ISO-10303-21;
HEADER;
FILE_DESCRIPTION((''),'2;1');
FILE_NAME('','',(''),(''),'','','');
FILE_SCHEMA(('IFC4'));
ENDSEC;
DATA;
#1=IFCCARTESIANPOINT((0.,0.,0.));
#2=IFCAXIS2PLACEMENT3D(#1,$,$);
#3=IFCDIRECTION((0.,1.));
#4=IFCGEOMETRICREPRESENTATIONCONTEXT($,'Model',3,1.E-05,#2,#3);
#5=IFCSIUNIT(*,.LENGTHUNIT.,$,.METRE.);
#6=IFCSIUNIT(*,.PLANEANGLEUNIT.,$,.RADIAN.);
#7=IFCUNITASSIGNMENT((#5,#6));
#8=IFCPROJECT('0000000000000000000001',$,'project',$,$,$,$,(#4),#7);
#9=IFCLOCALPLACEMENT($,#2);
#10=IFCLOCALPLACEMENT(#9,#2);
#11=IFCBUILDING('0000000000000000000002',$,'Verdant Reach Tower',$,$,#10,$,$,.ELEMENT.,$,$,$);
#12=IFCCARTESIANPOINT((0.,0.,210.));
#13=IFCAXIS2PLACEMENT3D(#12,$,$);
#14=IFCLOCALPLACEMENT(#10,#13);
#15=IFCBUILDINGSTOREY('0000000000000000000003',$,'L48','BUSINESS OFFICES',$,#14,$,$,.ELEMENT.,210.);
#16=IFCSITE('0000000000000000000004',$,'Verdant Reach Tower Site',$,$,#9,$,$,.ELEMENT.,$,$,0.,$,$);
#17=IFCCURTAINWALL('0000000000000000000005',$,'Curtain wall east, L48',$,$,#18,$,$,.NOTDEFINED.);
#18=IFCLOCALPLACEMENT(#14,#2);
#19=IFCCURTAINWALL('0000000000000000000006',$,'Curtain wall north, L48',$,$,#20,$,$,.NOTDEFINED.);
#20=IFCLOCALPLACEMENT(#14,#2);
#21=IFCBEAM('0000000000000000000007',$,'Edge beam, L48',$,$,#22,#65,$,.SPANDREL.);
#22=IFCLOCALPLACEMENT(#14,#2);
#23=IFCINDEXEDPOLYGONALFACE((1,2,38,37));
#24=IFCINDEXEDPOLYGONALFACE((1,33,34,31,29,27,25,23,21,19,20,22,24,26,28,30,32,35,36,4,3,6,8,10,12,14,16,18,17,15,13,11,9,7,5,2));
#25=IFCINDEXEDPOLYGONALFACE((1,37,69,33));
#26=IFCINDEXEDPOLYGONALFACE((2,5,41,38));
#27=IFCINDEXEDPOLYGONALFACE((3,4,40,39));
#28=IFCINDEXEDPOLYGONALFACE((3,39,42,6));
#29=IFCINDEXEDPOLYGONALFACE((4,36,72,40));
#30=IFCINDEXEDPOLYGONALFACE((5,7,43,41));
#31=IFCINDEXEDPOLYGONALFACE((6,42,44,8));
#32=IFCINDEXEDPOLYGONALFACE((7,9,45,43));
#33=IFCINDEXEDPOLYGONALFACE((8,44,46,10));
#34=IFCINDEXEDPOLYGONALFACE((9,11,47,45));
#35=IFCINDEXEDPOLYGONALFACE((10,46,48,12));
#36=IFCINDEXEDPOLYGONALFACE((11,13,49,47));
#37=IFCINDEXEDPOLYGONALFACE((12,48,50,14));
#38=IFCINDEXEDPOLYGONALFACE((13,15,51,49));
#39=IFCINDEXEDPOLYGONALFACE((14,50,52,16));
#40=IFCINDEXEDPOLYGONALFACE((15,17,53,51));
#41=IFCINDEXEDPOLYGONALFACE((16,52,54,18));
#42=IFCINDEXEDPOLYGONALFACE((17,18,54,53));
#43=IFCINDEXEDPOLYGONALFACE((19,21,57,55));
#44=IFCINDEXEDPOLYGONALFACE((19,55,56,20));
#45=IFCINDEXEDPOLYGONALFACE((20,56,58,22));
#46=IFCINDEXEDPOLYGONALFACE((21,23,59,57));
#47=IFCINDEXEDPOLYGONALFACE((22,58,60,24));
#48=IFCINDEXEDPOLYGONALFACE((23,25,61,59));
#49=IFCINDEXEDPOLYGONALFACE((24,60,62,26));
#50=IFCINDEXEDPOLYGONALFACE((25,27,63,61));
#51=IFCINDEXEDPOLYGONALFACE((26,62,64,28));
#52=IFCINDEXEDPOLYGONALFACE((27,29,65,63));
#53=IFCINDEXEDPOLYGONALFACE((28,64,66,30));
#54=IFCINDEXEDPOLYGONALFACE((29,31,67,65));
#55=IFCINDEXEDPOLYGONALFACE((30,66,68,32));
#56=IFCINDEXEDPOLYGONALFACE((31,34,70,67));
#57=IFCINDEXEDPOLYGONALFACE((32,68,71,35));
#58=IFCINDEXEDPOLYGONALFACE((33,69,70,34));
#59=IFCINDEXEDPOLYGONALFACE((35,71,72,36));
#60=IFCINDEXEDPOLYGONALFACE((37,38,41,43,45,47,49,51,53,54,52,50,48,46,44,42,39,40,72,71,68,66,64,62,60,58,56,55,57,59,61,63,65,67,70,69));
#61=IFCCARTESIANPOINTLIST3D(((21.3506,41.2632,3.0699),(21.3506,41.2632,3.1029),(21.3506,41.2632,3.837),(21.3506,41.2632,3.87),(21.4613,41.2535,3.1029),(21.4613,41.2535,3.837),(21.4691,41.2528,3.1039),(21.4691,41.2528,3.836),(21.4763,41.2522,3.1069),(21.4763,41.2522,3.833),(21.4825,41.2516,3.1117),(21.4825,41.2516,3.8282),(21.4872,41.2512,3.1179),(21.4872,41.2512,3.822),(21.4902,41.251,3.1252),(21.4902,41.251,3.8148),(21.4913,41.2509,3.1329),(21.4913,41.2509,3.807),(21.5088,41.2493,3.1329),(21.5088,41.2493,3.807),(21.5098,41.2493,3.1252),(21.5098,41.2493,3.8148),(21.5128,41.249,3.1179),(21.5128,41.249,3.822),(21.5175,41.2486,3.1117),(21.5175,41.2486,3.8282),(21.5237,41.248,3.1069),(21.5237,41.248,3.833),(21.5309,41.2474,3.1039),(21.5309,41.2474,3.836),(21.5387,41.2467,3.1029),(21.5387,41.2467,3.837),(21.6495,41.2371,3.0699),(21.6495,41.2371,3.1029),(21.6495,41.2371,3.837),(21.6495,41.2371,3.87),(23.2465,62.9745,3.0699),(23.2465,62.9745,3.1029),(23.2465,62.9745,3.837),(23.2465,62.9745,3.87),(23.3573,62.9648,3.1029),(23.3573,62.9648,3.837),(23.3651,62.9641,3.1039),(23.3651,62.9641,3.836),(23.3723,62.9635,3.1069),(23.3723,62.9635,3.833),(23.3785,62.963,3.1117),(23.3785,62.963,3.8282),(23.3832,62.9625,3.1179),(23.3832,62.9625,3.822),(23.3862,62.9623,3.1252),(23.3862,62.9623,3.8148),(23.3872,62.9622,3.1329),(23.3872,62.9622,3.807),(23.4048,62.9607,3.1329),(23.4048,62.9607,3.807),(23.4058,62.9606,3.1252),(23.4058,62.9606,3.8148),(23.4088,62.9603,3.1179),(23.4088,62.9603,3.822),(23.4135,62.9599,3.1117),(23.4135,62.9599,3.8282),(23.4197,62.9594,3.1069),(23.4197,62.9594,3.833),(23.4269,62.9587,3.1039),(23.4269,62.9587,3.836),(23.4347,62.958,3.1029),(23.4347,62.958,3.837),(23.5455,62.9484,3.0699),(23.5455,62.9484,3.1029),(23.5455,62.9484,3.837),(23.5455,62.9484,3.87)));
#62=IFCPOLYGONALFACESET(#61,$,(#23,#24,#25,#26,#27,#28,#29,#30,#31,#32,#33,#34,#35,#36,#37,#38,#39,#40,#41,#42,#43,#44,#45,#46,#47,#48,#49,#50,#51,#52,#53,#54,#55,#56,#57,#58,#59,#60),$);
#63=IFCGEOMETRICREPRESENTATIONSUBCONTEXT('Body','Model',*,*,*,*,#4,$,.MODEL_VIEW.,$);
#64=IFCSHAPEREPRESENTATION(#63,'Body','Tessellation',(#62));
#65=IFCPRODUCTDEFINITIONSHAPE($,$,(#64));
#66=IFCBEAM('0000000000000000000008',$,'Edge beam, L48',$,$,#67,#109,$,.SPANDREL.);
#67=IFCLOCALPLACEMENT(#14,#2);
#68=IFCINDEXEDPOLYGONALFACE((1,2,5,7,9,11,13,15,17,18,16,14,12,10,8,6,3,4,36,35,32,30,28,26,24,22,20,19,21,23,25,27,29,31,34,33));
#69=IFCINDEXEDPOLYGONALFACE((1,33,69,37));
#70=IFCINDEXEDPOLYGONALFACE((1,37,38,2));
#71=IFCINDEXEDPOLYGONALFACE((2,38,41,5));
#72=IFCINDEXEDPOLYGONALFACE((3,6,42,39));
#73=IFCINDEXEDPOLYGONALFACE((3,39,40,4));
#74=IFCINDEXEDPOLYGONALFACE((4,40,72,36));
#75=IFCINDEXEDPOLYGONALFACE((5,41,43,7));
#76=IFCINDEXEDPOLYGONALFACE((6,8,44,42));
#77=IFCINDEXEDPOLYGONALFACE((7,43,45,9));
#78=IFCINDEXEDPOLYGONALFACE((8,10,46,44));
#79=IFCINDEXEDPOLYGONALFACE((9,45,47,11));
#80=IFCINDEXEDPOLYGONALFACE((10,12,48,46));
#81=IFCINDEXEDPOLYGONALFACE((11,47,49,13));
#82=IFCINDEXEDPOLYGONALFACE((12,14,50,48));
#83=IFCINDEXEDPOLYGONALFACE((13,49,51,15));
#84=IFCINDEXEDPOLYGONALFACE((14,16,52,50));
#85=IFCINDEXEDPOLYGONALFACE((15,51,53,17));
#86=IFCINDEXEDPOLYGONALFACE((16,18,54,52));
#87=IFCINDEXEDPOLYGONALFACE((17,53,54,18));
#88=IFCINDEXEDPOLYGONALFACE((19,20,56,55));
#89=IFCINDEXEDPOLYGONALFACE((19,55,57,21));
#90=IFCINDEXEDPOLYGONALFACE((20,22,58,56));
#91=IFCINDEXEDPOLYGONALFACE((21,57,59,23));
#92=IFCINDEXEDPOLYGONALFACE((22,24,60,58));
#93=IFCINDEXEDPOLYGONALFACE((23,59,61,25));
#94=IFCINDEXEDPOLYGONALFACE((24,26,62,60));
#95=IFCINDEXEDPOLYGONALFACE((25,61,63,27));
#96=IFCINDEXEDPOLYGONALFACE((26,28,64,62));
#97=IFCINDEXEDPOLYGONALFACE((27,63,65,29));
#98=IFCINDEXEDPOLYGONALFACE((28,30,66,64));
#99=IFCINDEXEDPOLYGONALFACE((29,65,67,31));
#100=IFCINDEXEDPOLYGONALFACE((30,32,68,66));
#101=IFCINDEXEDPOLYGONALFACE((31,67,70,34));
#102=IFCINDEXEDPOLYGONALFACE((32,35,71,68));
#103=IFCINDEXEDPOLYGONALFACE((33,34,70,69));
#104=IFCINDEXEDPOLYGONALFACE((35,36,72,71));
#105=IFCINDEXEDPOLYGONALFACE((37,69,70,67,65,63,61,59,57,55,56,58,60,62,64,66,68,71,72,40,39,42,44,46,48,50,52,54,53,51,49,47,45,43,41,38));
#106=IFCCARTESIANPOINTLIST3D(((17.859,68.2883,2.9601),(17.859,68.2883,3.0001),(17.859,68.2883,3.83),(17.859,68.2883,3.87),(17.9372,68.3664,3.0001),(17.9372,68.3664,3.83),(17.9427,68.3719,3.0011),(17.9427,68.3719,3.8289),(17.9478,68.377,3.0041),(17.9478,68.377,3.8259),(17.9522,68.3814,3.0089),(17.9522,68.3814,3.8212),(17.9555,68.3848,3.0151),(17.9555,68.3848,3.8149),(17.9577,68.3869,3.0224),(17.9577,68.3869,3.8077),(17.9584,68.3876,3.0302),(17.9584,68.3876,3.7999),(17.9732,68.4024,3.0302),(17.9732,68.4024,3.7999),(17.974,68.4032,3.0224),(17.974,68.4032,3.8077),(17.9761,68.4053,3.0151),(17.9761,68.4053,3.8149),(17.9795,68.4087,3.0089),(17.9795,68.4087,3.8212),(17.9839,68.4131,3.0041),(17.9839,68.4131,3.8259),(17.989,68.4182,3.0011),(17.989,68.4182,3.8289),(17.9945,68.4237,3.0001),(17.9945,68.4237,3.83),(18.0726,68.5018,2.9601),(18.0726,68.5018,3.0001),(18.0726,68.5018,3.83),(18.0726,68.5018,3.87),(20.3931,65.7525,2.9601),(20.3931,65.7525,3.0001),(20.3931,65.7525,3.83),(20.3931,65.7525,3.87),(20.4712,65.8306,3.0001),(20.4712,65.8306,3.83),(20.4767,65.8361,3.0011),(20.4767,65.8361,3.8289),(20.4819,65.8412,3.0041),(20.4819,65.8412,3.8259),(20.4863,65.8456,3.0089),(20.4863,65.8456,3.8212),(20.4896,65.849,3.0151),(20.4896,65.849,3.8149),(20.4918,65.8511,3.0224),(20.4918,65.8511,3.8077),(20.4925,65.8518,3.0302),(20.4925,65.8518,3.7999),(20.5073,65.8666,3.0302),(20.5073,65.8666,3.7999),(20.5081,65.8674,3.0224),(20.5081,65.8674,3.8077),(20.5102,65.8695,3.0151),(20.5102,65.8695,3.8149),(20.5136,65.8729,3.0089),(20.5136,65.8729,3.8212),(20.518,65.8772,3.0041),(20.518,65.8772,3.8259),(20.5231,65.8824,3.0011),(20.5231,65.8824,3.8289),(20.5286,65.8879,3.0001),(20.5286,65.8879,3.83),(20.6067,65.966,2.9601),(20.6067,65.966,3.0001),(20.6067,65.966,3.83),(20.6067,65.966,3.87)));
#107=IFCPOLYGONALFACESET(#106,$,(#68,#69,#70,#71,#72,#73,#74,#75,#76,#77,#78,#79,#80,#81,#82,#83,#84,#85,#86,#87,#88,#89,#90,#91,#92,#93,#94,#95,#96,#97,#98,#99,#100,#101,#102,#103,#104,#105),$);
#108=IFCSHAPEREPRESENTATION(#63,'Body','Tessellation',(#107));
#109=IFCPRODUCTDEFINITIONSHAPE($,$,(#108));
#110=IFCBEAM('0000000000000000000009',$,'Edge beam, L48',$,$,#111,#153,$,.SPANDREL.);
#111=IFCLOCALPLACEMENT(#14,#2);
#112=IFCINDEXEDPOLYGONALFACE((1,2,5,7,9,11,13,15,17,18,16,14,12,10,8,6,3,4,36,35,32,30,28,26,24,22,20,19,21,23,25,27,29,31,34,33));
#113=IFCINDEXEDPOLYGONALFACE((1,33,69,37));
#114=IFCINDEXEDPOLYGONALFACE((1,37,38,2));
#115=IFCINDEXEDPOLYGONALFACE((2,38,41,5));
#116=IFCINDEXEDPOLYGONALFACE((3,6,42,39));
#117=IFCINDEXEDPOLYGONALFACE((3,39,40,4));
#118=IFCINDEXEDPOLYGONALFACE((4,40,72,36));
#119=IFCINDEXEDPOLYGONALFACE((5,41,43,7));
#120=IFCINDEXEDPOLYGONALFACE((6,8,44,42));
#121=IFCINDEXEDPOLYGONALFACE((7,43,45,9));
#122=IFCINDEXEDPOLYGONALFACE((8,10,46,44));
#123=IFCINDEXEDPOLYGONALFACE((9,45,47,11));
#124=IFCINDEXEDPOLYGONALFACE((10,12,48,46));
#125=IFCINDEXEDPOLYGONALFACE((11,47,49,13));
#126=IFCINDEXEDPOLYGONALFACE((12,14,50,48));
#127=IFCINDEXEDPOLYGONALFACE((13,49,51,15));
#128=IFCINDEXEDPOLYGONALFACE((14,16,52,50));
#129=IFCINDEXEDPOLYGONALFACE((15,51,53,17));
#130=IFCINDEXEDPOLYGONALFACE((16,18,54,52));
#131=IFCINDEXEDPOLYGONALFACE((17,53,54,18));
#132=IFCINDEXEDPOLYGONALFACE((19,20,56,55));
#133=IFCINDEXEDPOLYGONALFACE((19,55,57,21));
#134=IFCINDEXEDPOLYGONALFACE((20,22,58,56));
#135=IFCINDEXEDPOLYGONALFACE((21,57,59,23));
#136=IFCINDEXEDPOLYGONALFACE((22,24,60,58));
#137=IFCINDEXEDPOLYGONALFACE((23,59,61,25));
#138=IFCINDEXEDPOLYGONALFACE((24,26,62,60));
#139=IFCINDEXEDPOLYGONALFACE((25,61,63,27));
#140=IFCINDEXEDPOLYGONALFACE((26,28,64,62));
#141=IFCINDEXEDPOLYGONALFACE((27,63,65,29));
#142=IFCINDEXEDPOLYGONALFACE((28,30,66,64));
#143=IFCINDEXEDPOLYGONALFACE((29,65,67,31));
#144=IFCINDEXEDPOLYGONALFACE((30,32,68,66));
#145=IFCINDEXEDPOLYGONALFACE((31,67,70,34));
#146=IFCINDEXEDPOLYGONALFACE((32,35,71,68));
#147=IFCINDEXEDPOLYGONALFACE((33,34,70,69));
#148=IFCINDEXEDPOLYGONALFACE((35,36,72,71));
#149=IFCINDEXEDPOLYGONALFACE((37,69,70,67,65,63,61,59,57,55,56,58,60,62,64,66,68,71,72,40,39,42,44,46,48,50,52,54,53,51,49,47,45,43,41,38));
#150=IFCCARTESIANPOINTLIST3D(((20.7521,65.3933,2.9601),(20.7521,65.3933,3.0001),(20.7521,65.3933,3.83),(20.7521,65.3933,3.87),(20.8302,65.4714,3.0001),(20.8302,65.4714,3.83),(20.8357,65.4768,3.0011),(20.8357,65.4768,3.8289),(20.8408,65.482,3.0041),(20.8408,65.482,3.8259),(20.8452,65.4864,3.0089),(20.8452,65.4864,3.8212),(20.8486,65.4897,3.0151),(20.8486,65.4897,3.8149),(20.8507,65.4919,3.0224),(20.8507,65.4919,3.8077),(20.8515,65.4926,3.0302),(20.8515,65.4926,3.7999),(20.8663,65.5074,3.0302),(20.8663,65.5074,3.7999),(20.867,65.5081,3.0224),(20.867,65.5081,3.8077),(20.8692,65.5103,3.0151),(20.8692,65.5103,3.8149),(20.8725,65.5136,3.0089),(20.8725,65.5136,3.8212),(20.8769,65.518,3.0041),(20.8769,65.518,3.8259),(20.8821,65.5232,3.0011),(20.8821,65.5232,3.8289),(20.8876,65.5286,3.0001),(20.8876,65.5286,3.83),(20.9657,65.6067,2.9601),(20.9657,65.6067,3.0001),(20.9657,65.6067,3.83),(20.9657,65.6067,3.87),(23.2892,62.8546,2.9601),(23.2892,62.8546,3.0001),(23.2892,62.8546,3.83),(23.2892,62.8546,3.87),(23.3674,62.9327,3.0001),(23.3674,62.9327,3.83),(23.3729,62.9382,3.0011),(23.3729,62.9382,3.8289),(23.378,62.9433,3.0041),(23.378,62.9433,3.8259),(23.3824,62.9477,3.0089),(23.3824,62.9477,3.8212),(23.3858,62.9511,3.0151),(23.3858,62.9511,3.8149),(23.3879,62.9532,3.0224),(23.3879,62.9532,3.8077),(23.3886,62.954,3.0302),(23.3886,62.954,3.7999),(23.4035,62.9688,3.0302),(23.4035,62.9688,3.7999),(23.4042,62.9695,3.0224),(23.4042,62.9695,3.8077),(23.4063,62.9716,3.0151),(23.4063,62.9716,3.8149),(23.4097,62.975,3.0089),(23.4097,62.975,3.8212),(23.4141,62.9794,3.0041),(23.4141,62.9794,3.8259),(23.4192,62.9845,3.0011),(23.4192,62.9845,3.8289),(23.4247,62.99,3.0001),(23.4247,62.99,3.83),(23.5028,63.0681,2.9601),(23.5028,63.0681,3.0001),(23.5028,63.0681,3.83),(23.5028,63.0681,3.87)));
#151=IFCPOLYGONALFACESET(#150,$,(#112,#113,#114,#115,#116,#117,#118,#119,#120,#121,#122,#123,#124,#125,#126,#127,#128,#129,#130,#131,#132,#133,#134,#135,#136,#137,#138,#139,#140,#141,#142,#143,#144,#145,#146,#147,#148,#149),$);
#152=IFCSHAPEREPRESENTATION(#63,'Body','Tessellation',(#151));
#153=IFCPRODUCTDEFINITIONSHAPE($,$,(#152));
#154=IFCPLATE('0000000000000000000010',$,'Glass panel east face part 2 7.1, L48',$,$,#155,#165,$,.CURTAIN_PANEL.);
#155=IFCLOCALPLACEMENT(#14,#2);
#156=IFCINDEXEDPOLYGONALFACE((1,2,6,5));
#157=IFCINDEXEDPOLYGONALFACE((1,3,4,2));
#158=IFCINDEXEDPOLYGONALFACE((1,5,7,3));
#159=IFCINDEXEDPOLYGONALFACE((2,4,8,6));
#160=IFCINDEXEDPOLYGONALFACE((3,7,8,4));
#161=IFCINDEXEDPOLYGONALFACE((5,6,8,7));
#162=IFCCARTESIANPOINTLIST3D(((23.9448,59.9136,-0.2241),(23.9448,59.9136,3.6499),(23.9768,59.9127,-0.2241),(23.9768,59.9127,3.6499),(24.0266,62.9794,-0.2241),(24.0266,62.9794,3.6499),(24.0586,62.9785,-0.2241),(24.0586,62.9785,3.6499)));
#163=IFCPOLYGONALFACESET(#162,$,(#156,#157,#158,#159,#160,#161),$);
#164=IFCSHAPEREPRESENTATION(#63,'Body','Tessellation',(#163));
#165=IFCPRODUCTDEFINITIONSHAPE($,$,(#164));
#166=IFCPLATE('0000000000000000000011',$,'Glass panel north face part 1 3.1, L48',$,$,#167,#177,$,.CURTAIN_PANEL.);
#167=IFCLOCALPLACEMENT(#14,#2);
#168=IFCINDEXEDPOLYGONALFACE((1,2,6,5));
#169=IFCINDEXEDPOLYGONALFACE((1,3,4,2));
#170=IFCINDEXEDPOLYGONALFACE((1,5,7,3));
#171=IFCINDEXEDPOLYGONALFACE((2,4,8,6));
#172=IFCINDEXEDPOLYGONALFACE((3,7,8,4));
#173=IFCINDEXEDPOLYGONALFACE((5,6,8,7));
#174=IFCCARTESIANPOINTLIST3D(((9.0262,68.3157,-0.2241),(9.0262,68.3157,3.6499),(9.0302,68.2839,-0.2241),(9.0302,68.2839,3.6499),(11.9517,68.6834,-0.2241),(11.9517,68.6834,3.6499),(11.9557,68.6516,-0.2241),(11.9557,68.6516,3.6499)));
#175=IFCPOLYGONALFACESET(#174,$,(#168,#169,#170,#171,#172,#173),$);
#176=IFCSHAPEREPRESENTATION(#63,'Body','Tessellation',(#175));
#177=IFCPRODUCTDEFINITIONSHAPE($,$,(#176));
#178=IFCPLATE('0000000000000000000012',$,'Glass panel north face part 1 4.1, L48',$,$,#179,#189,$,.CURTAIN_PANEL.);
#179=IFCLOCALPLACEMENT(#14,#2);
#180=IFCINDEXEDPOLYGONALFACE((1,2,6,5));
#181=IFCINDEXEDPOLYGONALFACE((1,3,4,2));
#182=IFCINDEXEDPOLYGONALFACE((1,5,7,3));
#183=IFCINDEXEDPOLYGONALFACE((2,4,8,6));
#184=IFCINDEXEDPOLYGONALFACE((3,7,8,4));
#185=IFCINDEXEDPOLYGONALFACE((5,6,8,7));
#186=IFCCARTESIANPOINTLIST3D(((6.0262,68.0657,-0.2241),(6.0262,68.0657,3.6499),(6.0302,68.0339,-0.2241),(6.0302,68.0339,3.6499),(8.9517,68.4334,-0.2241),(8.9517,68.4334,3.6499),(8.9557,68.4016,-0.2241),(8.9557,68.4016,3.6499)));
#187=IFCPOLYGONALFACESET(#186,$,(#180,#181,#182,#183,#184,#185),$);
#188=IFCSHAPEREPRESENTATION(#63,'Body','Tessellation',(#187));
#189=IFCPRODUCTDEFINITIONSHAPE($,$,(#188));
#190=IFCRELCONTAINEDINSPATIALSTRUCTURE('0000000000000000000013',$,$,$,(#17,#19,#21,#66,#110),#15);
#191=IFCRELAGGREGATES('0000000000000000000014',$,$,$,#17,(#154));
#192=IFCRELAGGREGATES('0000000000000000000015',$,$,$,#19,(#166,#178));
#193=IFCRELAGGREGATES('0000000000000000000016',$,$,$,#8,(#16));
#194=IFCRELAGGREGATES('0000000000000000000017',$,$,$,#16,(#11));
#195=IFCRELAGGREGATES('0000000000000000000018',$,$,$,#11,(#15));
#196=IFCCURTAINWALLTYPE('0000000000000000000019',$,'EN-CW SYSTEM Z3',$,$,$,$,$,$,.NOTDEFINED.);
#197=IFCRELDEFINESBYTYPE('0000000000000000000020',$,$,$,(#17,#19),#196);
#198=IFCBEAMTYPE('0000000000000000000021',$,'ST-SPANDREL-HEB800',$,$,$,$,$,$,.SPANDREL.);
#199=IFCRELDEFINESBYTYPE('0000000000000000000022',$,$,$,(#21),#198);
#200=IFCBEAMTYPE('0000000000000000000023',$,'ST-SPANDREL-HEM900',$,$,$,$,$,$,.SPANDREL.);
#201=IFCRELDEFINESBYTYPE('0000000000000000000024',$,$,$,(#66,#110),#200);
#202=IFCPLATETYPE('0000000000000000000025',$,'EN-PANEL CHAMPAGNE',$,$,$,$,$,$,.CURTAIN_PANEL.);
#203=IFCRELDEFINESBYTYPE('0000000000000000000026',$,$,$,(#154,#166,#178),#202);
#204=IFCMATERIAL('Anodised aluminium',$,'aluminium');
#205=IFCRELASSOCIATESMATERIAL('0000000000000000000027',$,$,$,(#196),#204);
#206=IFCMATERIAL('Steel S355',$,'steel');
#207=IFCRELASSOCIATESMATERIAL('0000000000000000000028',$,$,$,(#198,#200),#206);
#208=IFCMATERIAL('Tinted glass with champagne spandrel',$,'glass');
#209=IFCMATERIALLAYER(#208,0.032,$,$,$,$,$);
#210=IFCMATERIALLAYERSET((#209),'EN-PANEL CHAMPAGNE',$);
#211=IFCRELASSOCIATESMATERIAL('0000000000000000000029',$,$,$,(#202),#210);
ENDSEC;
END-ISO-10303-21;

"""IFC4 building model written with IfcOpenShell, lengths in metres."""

from ifc_helpers import new_model, si_unit, direction, frame, origin, origin_2d, place, context, subcontext, project, spatial, rectangle, i_section, extrude, material, layer, layer_set, material_profile, profile_set, type_object, element, aggregate, save


model = new_model("IFC4")

# Units and contexts
model_context = context("Model", 3, precision=1e-05, world=origin(), true_north=direction((0.0, 1.0)))
body_context = subcontext(model_context, "Body", "Model", "MODEL_VIEW")
ifc_project = project(units=[si_unit("LENGTHUNIT", "METRE"), si_unit("PLANEANGLEUNIT", "RADIAN")], contexts=[model_context])

# Site, building, storey
site_placement = place(None, origin())
site = spatial("IfcSite", under=ifc_project, at=site_placement, Name="Verdant Reach Tower Site", CompositionType="ELEMENT", RefElevation=0.0)
building_placement = place(site_placement, origin())
building = spatial("IfcBuilding", under=site, at=building_placement, Name="Verdant Reach Tower", CompositionType="ELEMENT")
storey_placement = place(building_placement, frame((0.0, 0.0, 210.0)))
storey = spatial("IfcBuildingStorey", under=building, at=storey_placement, Name="L48", Description="BUSINESS OFFICES", CompositionType="ELEMENT", Elevation=210.0)

# Curtain walls
ifc_material_1 = material(Name="Anodised aluminium", Category="aluminium")
curtain_wall_type = type_object("IfcCurtainWallType", Name="EN-CW SYSTEM Z3", PredefinedType="NOTDEFINED", material=ifc_material_1)
curtain_wall_1_placement = place(storey_placement, origin())
curtain_wall_1 = element("IfcCurtainWall", 1, at=curtain_wall_1_placement, inside=storey, type_object=curtain_wall_type, Name="Curtain wall east, L48", PredefinedType="NOTDEFINED")
curtain_wall_2_placement = place(storey_placement, origin())
curtain_wall_2 = element("IfcCurtainWall", 2, at=curtain_wall_2_placement, inside=storey, type_object=curtain_wall_type, Name="Curtain wall north, L48", PredefinedType="NOTDEFINED")

# Beams
ifc_material_2 = material(Name="Steel S355", Category="steel")
ifc_material_profile_1 = material_profile(ifc_material_2, i_section(OverallWidth=0.3, OverallDepth=0.8, WebThickness=0.0176, FlangeThickness=0.033, FilletRadius=0.03, at=origin_2d()), Name="HEB 800")
ifc_profile_set_1 = profile_set([ifc_material_profile_1], Name="Steel S355")
beam_type_1 = type_object("IfcBeamType", Name="ST-SPANDREL-HEB800", PredefinedType="SPANDREL", material=ifc_profile_set_1)
beam_1_placement = place(storey_placement, frame((23.396, 62.9614, 3.47), z_axis=(-0.086996, -0.996209, 0.0), x_axis=(0.996209, -0.086996, 0.0)))
element("IfcBeam", 3, at=beam_1_placement, inside=storey, type_object=beam_type_1, Name="Edge beam, L48", PredefinedType="SPANDREL", context=body_context, shape_type="SweptSolid", body=[
    extrude(i_section(OverallWidth=0.3, OverallDepth=0.8, WebThickness=0.0176, FlangeThickness=0.033, FilletRadius=0.03, at=origin_2d()), origin(), (0.0, 0.0, 1.0), 21.7939),
])
ifc_material_profile_2 = material_profile(ifc_material_2, i_section(OverallWidth=0.302, OverallDepth=0.9099, WebThickness=0.021, FlangeThickness=0.04, FilletRadius=0.03, at=origin_2d()), Name="HEM 900")
ifc_profile_set_2 = profile_set([ifc_material_profile_2], Name="Steel S355")
beam_type_2 = type_object("IfcBeamType", Name="ST-SPANDREL-HEM900", PredefinedType="SPANDREL", material=ifc_profile_set_2)
beam_2_placement = place(storey_placement, frame((17.9658, 68.395, 3.415), z_axis=(0.706868, -0.707345, 0.0), x_axis=(0.707345, 0.706868, 0.0)))
element("IfcBeam", 4, at=beam_2_placement, inside=storey, type_object=beam_type_2, Name="Edge beam, L48", PredefinedType="SPANDREL", context=body_context, shape_type="SweptSolid", body=[
    extrude(i_section(OverallWidth=0.302, OverallDepth=0.9099, WebThickness=0.021, FlangeThickness=0.04, FilletRadius=0.03, at=origin_2d()), origin(), (0.0, 0.0, 1.0), 3.585),
])
beam_3_placement = place(storey_placement, frame((20.8589, 65.5, 3.415), z_axis=(0.706903, -0.707311, 0.0), x_axis=(0.707311, 0.706903, 0.0)))
element("IfcBeam", 5, at=beam_3_placement, inside=storey, type_object=beam_type_2, Name="Edge beam, L48", PredefinedType="SPANDREL", context=body_context, shape_type="SweptSolid", body=[
    extrude(i_section(OverallWidth=0.302, OverallDepth=0.9099, WebThickness=0.021, FlangeThickness=0.04, FilletRadius=0.03, at=origin_2d()), origin(), (0.0, 0.0, 1.0), 3.5891),
])

# Plates
ifc_material_3 = material(Name="Tinted glass with champagne spandrel", Category="glass")
ifc_layer_1 = layer(ifc_material_3, 0.032)
ifc_layer_set_1 = layer_set([ifc_layer_1], Name="EN-PANEL CHAMPAGNE")
plate_type_1 = type_object("IfcPlateType", Name="EN-PANEL CHAMPAGNE", PredefinedType="CURTAIN_PANEL", material=ifc_layer_set_1)
plate_1_placement = place(storey_placement, frame((24.0017, 61.446, -0.2241), z_axis=(0.0, 0.0, 1.0), x_axis=(0.02666, 0.999645, 0.0)))
plate_1 = element("IfcPlate", 6, at=plate_1_placement, type_object=plate_type_1, Name="Glass panel east face part 2 7.1, L48", PredefinedType="CURTAIN_PANEL", context=body_context, shape_type="SweptSolid", body=[
    extrude(rectangle(XDim=3.0669, YDim=0.032, at=origin_2d()), origin(), (0.0, 0.0, 1.0), 3.874),
])
plate_2_placement = place(storey_placement, frame((10.491, 68.4836, -0.2241), z_axis=(0.0, 0.0, 1.0), x_axis=(-0.992194, -0.124704, 0.0)))
plate_2 = element("IfcPlate", 7, at=plate_2_placement, type_object=plate_type_1, Name="Glass panel north face part 1 3.1, L48", PredefinedType="CURTAIN_PANEL", context=body_context, shape_type="SweptSolid", body=[
    extrude(rectangle(XDim=2.9485, YDim=0.032, at=origin_2d()), origin(), (0.0, 0.0, 1.0), 3.874),
])
plate_3_placement = place(storey_placement, frame((7.491, 68.2336, -0.2241), z_axis=(0.0, 0.0, 1.0), x_axis=(-0.992194, -0.124704, 0.0)))
plate_3 = element("IfcPlate", 8, at=plate_3_placement, type_object=plate_type_1, Name="Glass panel north face part 1 4.1, L48", PredefinedType="CURTAIN_PANEL", context=body_context, shape_type="SweptSolid", body=[
    extrude(rectangle(XDim=2.9485, YDim=0.032, at=origin_2d()), origin(), (0.0, 0.0, 1.0), 3.874),
])

aggregate(curtain_wall_1, [plate_1])
aggregate(curtain_wall_2, [plate_2, plate_3])

save(model, "model.ifc")
